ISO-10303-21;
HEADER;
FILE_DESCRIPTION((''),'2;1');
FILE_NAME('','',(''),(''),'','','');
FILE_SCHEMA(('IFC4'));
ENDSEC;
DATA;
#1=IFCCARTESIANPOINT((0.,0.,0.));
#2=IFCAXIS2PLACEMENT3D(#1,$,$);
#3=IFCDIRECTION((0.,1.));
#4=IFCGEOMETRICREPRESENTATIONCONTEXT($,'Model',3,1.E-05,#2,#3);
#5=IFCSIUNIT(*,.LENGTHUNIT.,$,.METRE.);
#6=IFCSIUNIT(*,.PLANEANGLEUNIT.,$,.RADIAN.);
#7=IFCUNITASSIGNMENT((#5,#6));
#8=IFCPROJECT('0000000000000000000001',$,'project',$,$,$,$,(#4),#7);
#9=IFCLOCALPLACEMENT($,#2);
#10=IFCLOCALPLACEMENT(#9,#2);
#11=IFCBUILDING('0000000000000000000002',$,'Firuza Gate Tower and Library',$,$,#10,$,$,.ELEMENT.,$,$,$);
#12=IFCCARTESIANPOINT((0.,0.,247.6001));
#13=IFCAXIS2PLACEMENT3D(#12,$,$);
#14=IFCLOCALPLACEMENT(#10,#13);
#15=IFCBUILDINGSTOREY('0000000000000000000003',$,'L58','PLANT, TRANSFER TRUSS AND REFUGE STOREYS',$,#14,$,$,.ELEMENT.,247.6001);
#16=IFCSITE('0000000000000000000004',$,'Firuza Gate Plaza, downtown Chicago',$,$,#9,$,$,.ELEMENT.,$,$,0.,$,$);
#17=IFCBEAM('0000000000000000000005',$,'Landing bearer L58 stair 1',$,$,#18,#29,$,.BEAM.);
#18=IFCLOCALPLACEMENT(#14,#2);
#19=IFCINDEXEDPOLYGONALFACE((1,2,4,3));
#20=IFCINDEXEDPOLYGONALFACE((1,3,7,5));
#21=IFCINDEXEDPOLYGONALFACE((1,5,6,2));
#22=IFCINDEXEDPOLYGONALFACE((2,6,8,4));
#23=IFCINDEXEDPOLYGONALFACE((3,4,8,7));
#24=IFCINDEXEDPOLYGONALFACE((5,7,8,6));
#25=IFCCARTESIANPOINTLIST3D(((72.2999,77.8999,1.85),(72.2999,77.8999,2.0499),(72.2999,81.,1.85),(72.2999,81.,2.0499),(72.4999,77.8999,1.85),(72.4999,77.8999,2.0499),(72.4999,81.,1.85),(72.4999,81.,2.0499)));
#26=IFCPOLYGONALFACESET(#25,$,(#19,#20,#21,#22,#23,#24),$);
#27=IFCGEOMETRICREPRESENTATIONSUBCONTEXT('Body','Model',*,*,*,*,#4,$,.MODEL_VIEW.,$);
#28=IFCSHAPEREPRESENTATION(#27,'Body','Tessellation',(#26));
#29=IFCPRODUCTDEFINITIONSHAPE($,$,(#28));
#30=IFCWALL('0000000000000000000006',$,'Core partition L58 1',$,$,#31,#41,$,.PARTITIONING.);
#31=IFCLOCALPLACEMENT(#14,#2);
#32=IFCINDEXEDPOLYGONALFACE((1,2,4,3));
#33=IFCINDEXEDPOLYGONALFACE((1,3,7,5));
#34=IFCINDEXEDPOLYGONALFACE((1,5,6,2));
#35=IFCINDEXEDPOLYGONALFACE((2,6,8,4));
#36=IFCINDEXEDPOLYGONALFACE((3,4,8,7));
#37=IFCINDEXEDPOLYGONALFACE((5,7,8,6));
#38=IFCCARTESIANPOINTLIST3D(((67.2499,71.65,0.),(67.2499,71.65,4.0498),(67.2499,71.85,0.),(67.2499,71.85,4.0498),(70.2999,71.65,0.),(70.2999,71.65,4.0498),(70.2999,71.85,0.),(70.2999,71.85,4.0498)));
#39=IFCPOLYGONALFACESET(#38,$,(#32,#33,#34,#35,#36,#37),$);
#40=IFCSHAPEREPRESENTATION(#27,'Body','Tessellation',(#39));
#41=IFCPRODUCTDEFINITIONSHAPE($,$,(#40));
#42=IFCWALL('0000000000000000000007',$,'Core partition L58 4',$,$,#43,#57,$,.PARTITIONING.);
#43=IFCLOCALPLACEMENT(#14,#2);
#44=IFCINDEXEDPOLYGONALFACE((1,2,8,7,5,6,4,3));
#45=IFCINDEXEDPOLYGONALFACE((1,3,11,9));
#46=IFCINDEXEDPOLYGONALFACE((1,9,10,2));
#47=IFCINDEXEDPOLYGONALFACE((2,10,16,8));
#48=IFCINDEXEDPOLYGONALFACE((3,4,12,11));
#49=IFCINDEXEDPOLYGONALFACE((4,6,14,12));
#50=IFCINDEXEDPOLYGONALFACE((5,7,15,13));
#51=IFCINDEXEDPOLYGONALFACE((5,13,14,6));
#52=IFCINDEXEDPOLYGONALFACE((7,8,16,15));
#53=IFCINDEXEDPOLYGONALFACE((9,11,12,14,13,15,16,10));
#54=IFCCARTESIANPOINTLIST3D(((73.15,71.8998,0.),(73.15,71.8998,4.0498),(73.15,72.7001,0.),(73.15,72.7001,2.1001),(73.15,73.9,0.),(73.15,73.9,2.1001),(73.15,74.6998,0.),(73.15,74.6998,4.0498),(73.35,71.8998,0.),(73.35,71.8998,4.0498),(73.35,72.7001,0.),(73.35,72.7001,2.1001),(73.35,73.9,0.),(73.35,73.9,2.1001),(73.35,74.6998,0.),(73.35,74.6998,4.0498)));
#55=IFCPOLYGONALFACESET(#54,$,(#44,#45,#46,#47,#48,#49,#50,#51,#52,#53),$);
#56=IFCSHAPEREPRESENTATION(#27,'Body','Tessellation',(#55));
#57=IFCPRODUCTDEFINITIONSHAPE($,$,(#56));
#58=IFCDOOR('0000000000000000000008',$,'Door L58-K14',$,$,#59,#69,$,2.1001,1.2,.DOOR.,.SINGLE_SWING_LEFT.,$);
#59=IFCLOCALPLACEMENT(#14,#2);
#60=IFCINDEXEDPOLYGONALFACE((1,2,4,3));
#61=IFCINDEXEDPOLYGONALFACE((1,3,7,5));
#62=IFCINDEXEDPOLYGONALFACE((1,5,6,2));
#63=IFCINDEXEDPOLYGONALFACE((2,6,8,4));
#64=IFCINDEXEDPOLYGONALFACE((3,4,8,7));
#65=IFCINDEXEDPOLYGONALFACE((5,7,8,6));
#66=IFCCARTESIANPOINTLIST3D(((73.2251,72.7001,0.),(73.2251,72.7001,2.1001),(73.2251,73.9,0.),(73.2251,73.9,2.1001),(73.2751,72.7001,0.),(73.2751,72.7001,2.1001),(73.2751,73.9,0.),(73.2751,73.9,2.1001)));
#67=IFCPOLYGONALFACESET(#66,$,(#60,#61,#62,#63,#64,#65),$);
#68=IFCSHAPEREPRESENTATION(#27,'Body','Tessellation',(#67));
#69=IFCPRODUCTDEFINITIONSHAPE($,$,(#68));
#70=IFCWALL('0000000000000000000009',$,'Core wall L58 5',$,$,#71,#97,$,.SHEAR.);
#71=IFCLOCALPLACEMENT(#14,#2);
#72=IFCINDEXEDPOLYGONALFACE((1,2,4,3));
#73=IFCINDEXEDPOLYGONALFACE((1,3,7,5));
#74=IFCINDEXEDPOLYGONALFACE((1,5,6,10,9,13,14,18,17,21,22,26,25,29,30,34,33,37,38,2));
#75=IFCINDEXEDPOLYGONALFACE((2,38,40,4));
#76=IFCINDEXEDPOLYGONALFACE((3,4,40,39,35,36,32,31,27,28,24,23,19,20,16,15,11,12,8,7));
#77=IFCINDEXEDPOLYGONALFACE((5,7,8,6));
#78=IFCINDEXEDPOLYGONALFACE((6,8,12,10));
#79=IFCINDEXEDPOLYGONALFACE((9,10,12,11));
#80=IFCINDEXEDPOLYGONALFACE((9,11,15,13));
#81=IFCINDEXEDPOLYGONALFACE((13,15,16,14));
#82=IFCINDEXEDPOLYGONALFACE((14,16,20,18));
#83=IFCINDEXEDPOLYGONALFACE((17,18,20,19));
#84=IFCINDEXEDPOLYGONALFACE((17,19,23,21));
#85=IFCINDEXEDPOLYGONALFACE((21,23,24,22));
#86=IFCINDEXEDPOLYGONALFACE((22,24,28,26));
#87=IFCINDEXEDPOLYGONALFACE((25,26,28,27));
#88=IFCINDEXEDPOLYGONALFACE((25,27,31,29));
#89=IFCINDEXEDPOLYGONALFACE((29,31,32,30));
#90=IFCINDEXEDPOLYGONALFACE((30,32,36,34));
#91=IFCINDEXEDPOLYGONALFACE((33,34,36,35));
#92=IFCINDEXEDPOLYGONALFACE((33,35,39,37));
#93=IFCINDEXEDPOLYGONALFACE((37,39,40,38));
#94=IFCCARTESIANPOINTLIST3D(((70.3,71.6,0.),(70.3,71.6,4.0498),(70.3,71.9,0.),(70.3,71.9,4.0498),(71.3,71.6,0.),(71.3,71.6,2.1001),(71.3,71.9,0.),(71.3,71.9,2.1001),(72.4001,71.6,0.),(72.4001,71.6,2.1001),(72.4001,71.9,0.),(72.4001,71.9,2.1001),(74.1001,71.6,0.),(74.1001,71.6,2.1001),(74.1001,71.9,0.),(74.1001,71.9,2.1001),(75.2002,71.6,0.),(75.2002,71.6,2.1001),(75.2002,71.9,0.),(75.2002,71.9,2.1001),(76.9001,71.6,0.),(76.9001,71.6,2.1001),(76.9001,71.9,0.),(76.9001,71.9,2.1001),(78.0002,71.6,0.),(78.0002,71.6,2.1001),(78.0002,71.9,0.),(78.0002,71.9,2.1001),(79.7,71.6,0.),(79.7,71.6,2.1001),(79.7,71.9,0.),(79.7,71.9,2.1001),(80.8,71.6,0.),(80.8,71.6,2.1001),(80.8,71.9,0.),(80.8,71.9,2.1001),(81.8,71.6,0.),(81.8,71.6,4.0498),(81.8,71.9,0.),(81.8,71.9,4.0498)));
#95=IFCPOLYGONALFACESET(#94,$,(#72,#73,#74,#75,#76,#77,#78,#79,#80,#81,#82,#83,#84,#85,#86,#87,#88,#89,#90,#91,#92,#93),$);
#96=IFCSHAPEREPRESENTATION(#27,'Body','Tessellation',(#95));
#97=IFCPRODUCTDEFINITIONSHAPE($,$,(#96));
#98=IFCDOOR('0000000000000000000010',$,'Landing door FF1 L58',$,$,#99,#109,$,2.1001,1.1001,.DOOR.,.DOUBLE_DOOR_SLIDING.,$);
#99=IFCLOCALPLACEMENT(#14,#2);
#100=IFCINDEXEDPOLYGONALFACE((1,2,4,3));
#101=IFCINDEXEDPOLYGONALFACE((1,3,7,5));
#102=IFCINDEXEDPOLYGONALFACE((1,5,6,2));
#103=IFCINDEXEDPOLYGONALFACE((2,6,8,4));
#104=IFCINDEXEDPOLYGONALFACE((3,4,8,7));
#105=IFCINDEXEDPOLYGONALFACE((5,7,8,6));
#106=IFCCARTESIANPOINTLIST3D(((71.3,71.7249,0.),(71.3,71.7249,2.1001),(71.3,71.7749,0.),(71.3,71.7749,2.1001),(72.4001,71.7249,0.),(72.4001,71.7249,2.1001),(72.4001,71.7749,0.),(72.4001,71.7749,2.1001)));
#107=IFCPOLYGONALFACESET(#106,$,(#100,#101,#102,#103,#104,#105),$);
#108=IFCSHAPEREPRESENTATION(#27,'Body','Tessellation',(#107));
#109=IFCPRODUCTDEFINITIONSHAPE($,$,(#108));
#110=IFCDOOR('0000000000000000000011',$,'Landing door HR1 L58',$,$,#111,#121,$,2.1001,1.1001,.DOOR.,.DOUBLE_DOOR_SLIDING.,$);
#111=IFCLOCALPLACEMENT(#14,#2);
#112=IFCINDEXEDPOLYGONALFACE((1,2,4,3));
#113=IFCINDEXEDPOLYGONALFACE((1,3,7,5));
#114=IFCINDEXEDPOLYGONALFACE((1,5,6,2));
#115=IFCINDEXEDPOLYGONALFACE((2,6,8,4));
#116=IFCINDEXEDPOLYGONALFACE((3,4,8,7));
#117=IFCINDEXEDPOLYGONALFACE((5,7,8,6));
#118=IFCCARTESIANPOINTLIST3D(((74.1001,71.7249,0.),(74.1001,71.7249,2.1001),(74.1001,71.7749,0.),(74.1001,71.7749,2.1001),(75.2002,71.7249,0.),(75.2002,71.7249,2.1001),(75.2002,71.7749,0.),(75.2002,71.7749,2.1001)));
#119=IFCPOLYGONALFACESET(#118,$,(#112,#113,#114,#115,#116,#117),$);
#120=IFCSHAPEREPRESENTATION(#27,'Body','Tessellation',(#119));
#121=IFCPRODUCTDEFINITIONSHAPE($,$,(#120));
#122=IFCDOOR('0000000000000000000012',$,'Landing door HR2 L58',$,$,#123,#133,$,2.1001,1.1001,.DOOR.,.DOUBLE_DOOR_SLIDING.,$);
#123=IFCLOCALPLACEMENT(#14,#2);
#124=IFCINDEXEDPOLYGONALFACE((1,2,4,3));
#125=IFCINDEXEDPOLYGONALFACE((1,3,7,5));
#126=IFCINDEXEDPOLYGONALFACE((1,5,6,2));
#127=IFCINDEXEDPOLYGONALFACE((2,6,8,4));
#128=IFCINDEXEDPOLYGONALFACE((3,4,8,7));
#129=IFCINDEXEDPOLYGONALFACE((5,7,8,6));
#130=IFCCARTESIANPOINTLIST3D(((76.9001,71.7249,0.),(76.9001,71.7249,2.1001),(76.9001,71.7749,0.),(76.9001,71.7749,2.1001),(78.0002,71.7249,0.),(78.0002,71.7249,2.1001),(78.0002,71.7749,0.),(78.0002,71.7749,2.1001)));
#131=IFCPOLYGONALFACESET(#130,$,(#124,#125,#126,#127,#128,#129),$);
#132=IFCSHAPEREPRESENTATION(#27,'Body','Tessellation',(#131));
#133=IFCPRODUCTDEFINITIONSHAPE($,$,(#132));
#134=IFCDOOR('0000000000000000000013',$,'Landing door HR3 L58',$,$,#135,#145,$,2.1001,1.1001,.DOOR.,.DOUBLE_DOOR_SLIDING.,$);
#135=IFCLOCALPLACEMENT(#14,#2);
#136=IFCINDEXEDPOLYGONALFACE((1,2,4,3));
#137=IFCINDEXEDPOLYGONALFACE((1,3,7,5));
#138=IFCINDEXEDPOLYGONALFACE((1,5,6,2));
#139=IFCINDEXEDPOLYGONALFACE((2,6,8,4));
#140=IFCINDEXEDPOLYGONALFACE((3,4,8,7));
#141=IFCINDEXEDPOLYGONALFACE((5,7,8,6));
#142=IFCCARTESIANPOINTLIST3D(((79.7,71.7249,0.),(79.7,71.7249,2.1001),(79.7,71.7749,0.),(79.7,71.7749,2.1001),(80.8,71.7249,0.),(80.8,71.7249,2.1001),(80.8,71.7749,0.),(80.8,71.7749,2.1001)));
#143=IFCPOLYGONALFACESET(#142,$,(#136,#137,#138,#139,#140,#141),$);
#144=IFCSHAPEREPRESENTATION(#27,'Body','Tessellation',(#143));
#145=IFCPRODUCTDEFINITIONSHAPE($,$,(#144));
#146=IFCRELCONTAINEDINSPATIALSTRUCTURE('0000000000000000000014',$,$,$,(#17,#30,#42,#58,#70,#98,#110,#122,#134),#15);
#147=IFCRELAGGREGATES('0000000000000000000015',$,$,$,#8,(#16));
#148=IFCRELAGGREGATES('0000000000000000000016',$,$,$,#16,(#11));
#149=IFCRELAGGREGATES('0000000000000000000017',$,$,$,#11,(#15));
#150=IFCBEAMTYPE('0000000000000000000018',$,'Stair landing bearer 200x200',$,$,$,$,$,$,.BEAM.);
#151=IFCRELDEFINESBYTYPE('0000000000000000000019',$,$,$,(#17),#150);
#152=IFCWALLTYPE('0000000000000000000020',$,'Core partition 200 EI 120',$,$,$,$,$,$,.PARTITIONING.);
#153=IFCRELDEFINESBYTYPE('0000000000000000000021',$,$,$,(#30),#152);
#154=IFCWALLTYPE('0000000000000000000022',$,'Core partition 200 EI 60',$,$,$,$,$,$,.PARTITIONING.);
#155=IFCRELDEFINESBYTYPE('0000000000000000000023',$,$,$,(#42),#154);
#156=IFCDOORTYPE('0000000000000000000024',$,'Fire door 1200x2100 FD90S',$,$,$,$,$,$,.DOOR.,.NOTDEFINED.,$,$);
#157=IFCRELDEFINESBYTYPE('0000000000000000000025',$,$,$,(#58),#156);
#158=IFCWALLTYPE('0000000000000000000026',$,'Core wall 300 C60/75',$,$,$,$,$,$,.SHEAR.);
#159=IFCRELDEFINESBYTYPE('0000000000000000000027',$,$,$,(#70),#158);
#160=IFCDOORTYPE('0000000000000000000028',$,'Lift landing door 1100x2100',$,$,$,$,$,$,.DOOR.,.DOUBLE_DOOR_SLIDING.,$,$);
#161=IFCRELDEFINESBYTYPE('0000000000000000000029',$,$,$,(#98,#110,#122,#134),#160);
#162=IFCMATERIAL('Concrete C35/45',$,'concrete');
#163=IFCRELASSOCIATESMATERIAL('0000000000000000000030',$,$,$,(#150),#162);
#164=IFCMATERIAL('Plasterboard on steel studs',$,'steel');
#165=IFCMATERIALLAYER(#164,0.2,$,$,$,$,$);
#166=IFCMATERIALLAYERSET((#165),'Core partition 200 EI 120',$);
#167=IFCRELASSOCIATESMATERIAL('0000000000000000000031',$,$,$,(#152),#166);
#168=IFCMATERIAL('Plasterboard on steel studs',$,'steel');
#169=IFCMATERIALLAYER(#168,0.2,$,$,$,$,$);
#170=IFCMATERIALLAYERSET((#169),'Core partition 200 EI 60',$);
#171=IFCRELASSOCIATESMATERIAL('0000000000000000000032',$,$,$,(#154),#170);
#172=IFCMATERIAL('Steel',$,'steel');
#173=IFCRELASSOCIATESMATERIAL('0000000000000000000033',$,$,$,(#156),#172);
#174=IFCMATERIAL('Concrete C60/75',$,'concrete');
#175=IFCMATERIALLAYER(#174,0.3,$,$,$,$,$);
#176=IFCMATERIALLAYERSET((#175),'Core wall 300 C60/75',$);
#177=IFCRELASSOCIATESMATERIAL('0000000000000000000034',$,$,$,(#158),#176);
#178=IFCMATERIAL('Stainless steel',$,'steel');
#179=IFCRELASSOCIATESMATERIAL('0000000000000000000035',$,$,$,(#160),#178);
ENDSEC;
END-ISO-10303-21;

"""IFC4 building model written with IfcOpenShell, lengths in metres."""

from ifc_helpers import new_model, si_unit, direction, frame, frame_2d, origin, origin_2d, place, context, subcontext, project, spatial, rectangle, extrude, material, layer, layer_set, material_profile, profile_set, type_object, element, fill, save


model = new_model("IFC4")

# Units and contexts
model_context = context("Model", 3, precision=1e-05, world=origin(), true_north=direction((0.0, 1.0)))
body_context = subcontext(model_context, "Body", "Model", "MODEL_VIEW")
ifc_project = project(units=[si_unit("LENGTHUNIT", "METRE"), si_unit("PLANEANGLEUNIT", "RADIAN")], contexts=[model_context])

# Site, building, storey
site_placement = place(None, origin())
site = spatial("IfcSite", under=ifc_project, at=site_placement, Name="Firuza Gate Plaza, downtown Chicago", CompositionType="ELEMENT", RefElevation=0.0)
building_placement = place(site_placement, origin())
building = spatial("IfcBuilding", under=site, at=building_placement, Name="Firuza Gate Tower and Library", CompositionType="ELEMENT")
storey_placement = place(building_placement, frame((0.0, 0.0, 247.6001)))
storey = spatial("IfcBuildingStorey", under=building, at=storey_placement, Name="L58", Description="PLANT, TRANSFER TRUSS AND REFUGE STOREYS", CompositionType="ELEMENT", Elevation=247.6001)

# Beam
ifc_material_1 = material(Name="Concrete C35/45", Category="concrete")
ifc_material_profile = material_profile(ifc_material_1, rectangle(XDim=0.2, YDim=0.2, at=origin_2d()))
ifc_profile_set = profile_set([ifc_material_profile], Name="Concrete C35/45")
beam_type = type_object("IfcBeamType", Name="Stair landing bearer 200x200", PredefinedType="BEAM", material=ifc_profile_set)
beam_placement = place(storey_placement, frame((72.3999, 77.8999, 1.95), z_axis=(0.0, 1.0, 0.0), x_axis=(-1.0, 0.0, 0.0)))
element("IfcBeam", 1, at=beam_placement, inside=storey, type_object=beam_type, Name="Landing bearer L58 stair 1", PredefinedType="BEAM", context=body_context, shape_type="SweptSolid", body=[
    extrude(rectangle(XDim=0.2, YDim=0.2, at=origin_2d()), origin(), (0.0, 0.0, 1.0), 3.1001),
])

# Wall
ifc_material_2 = material(Name="Plasterboard on steel studs", Category="steel")
ifc_layer_1 = layer(ifc_material_2, 0.2)
ifc_layer_set_1 = layer_set([ifc_layer_1], Name="Core partition 200 EI 120")
wall_type_1 = type_object("IfcWallType", Name="Core partition 200 EI 120", PredefinedType="PARTITIONING", material=ifc_layer_set_1)
wall_1_placement = place(storey_placement, frame((67.25, 71.75, 0.0), z_axis=(0.0, 0.0, 1.0), x_axis=(1.0, 0.0, 0.0)))
element("IfcWall", 2, at=wall_1_placement, inside=storey, type_object=wall_type_1, Name="Core partition L58 1", PredefinedType="PARTITIONING", context=body_context, shape_type="SweptSolid", body=[
    extrude(rectangle(XDim=3.05, YDim=0.2, at=frame_2d((1.5249, 0.0))), origin(), (0.0, 0.0, 1.0), 4.0498),
])

# Wall, opening, door
ifc_material_3 = material(Name="Plasterboard on steel studs", Category="steel")
ifc_layer_2 = layer(ifc_material_3, 0.2)
ifc_layer_set_2 = layer_set([ifc_layer_2], Name="Core partition 200 EI 60")
wall_type_2 = type_object("IfcWallType", Name="Core partition 200 EI 60", PredefinedType="PARTITIONING", material=ifc_layer_set_2)
wall_2_placement = place(storey_placement, frame((73.25, 71.8999, 0.0), z_axis=(0.0, 0.0, 1.0), x_axis=(0.0, 1.0, 0.0)))
wall_2 = element("IfcWall", 3, at=wall_2_placement, inside=storey, type_object=wall_type_2, Name="Core partition L58 4", PredefinedType="PARTITIONING", context=body_context, shape_type="SweptSolid", body=[
    extrude(rectangle(XDim=2.8, YDim=0.2, at=frame_2d((1.3999, 0.0))), origin(), (0.0, 0.0, 1.0), 4.0498),
])
opening_1_placement = place(wall_2_placement, frame((0.8, 0.0, 0.0)))
opening_1 = element("IfcOpeningElement", 4, at=opening_1_placement, cuts=wall_2, PredefinedType="OPENING", context=body_context, shape_type="SweptSolid", body=[
    extrude(rectangle(XDim=1.2, YDim=2.1001, at=frame_2d((0.6001, 1.05))), frame((0.0, 0.1099, 0.0), z_axis=(0.0, -1.0, 0.0), x_axis=(1.0, 0.0, 0.0)), (0.0, 0.0, 1.0), 0.22),
])
ifc_material_4 = material(Name="Steel", Category="steel")
door_type_1 = type_object("IfcDoorType", Name="Fire door 1200x2100 FD90S", OperationType="NOTDEFINED", PredefinedType="DOOR", material=ifc_material_4)
door_1_placement = place(opening_1_placement, origin())
door_1 = element("IfcDoor", 5, at=door_1_placement, inside=storey, type_object=door_type_1, Name="Door L58-K14", OperationType="SINGLE_SWING_LEFT", OverallHeight=2.1001, OverallWidth=1.2, PredefinedType="DOOR", context=body_context, shape_type="SweptSolid", body=[
    extrude(rectangle(XDim=1.2, YDim=2.1001, at=frame_2d((0.6001, 1.05))), frame((0.0, 0.0249, 0.0), z_axis=(0.0, -1.0, 0.0), x_axis=(1.0, 0.0, 0.0)), (0.0, 0.0, 1.0), 0.05),
])
fill(opening_1, door_1)

# Wall, openings, doors
ifc_material_5 = material(Name="Concrete C60/75", Category="concrete")
ifc_layer_3 = layer(ifc_material_5, 0.3)
ifc_layer_set_3 = layer_set([ifc_layer_3], Name="Core wall 300 C60/75")
wall_type_3 = type_object("IfcWallType", Name="Core wall 300 C60/75", PredefinedType="SHEAR", material=ifc_layer_set_3)
wall_3_placement = place(storey_placement, frame((70.3, 71.75, 0.0), z_axis=(0.0, 0.0, 1.0), x_axis=(1.0, 0.0, 0.0)))
wall_3 = element("IfcWall", 6, at=wall_3_placement, inside=storey, type_object=wall_type_3, Name="Core wall L58 5", PredefinedType="SHEAR", context=body_context, shape_type="SweptSolid", body=[
    extrude(rectangle(XDim=11.5, YDim=0.3, at=frame_2d((5.75, 0.0))), origin(), (0.0, 0.0, 1.0), 4.0498),
])
opening_2_placement = place(wall_3_placement, frame((1.0, 0.0, 0.0)))
opening_2 = element("IfcOpeningElement", 7, at=opening_2_placement, cuts=wall_3, PredefinedType="OPENING", context=body_context, shape_type="SweptSolid", body=[
    extrude(rectangle(XDim=1.1001, YDim=2.1001, at=frame_2d((0.55, 1.05))), frame((0.0, 0.1602, 0.0), z_axis=(0.0, -1.0, 0.0), x_axis=(1.0, 0.0, 0.0)), (0.0, 0.0, 1.0), 0.3201),
])
opening_3_placement = place(wall_3_placement, frame((3.8, 0.0, 0.0)))
opening_3 = element("IfcOpeningElement", 8, at=opening_3_placement, cuts=wall_3, PredefinedType="OPENING", context=body_context, shape_type="SweptSolid", body=[
    extrude(rectangle(XDim=1.1001, YDim=2.1001, at=frame_2d((0.55, 1.05))), frame((0.0, 0.1602, 0.0), z_axis=(0.0, -1.0, 0.0), x_axis=(1.0, 0.0, 0.0)), (0.0, 0.0, 1.0), 0.3201),
])
opening_4_placement = place(wall_3_placement, frame((6.6001, 0.0, 0.0)))
opening_4 = element("IfcOpeningElement", 9, at=opening_4_placement, cuts=wall_3, PredefinedType="OPENING", context=body_context, shape_type="SweptSolid", body=[
    extrude(rectangle(XDim=1.1001, YDim=2.1001, at=frame_2d((0.55, 1.05))), frame((0.0, 0.1602, 0.0), z_axis=(0.0, -1.0, 0.0), x_axis=(1.0, 0.0, 0.0)), (0.0, 0.0, 1.0), 0.3201),
])
opening_5_placement = place(wall_3_placement, frame((9.3999, 0.0, 0.0)))
opening_5 = element("IfcOpeningElement", 10, at=opening_5_placement, cuts=wall_3, PredefinedType="OPENING", context=body_context, shape_type="SweptSolid", body=[
    extrude(rectangle(XDim=1.1001, YDim=2.1001, at=frame_2d((0.55, 1.05))), frame((0.0, 0.1602, 0.0), z_axis=(0.0, -1.0, 0.0), x_axis=(1.0, 0.0, 0.0)), (0.0, 0.0, 1.0), 0.3201),
])
ifc_material_6 = material(Name="Stainless steel", Category="steel")
door_type_2 = type_object("IfcDoorType", Name="Lift landing door 1100x2100", OperationType="DOUBLE_DOOR_SLIDING", PredefinedType="DOOR", material=ifc_material_6)
door_2_placement = place(opening_2_placement, origin())
door_2 = element("IfcDoor", 11, at=door_2_placement, inside=storey, type_object=door_type_2, Name="Landing door FF1 L58", OperationType="DOUBLE_DOOR_SLIDING", OverallHeight=2.1001, OverallWidth=1.1001, PredefinedType="DOOR", context=body_context, shape_type="SweptSolid", body=[
    extrude(rectangle(XDim=1.1001, YDim=2.1001, at=frame_2d((0.55, 1.05))), frame((0.0, 0.0249, 0.0), z_axis=(0.0, -1.0, 0.0), x_axis=(1.0, 0.0, 0.0)), (0.0, 0.0, 1.0), 0.05),
])
fill(opening_2, door_2)
door_3_placement = place(opening_3_placement, origin())
door_3 = element("IfcDoor", 12, at=door_3_placement, inside=storey, type_object=door_type_2, Name="Landing door HR1 L58", OperationType="DOUBLE_DOOR_SLIDING", OverallHeight=2.1001, OverallWidth=1.1001, PredefinedType="DOOR", context=body_context, shape_type="SweptSolid", body=[
    extrude(rectangle(XDim=1.1001, YDim=2.1001, at=frame_2d((0.55, 1.05))), frame((0.0, 0.0249, 0.0), z_axis=(0.0, -1.0, 0.0), x_axis=(1.0, 0.0, 0.0)), (0.0, 0.0, 1.0), 0.05),
])
fill(opening_3, door_3)
door_4_placement = place(opening_4_placement, origin())
door_4 = element("IfcDoor", 13, at=door_4_placement, inside=storey, type_object=door_type_2, Name="Landing door HR2 L58", OperationType="DOUBLE_DOOR_SLIDING", OverallHeight=2.1001, OverallWidth=1.1001, PredefinedType="DOOR", context=body_context, shape_type="SweptSolid", body=[
    extrude(rectangle(XDim=1.1001, YDim=2.1001, at=frame_2d((0.55, 1.05))), frame((0.0, 0.0249, 0.0), z_axis=(0.0, -1.0, 0.0), x_axis=(1.0, 0.0, 0.0)), (0.0, 0.0, 1.0), 0.05),
])
fill(opening_4, door_4)
door_5_placement = place(opening_5_placement, origin())
door_5 = element("IfcDoor", 14, at=door_5_placement, inside=storey, type_object=door_type_2, Name="Landing door HR3 L58", OperationType="DOUBLE_DOOR_SLIDING", OverallHeight=2.1001, OverallWidth=1.1001, PredefinedType="DOOR", context=body_context, shape_type="SweptSolid", body=[
    extrude(rectangle(XDim=1.1001, YDim=2.1001, at=frame_2d((0.55, 1.05))), frame((0.0, 0.0249, 0.0), z_axis=(0.0, -1.0, 0.0), x_axis=(1.0, 0.0, 0.0)), (0.0, 0.0, 1.0), 0.05),
])
fill(opening_5, door_5)

save(model, "model.ifc")
